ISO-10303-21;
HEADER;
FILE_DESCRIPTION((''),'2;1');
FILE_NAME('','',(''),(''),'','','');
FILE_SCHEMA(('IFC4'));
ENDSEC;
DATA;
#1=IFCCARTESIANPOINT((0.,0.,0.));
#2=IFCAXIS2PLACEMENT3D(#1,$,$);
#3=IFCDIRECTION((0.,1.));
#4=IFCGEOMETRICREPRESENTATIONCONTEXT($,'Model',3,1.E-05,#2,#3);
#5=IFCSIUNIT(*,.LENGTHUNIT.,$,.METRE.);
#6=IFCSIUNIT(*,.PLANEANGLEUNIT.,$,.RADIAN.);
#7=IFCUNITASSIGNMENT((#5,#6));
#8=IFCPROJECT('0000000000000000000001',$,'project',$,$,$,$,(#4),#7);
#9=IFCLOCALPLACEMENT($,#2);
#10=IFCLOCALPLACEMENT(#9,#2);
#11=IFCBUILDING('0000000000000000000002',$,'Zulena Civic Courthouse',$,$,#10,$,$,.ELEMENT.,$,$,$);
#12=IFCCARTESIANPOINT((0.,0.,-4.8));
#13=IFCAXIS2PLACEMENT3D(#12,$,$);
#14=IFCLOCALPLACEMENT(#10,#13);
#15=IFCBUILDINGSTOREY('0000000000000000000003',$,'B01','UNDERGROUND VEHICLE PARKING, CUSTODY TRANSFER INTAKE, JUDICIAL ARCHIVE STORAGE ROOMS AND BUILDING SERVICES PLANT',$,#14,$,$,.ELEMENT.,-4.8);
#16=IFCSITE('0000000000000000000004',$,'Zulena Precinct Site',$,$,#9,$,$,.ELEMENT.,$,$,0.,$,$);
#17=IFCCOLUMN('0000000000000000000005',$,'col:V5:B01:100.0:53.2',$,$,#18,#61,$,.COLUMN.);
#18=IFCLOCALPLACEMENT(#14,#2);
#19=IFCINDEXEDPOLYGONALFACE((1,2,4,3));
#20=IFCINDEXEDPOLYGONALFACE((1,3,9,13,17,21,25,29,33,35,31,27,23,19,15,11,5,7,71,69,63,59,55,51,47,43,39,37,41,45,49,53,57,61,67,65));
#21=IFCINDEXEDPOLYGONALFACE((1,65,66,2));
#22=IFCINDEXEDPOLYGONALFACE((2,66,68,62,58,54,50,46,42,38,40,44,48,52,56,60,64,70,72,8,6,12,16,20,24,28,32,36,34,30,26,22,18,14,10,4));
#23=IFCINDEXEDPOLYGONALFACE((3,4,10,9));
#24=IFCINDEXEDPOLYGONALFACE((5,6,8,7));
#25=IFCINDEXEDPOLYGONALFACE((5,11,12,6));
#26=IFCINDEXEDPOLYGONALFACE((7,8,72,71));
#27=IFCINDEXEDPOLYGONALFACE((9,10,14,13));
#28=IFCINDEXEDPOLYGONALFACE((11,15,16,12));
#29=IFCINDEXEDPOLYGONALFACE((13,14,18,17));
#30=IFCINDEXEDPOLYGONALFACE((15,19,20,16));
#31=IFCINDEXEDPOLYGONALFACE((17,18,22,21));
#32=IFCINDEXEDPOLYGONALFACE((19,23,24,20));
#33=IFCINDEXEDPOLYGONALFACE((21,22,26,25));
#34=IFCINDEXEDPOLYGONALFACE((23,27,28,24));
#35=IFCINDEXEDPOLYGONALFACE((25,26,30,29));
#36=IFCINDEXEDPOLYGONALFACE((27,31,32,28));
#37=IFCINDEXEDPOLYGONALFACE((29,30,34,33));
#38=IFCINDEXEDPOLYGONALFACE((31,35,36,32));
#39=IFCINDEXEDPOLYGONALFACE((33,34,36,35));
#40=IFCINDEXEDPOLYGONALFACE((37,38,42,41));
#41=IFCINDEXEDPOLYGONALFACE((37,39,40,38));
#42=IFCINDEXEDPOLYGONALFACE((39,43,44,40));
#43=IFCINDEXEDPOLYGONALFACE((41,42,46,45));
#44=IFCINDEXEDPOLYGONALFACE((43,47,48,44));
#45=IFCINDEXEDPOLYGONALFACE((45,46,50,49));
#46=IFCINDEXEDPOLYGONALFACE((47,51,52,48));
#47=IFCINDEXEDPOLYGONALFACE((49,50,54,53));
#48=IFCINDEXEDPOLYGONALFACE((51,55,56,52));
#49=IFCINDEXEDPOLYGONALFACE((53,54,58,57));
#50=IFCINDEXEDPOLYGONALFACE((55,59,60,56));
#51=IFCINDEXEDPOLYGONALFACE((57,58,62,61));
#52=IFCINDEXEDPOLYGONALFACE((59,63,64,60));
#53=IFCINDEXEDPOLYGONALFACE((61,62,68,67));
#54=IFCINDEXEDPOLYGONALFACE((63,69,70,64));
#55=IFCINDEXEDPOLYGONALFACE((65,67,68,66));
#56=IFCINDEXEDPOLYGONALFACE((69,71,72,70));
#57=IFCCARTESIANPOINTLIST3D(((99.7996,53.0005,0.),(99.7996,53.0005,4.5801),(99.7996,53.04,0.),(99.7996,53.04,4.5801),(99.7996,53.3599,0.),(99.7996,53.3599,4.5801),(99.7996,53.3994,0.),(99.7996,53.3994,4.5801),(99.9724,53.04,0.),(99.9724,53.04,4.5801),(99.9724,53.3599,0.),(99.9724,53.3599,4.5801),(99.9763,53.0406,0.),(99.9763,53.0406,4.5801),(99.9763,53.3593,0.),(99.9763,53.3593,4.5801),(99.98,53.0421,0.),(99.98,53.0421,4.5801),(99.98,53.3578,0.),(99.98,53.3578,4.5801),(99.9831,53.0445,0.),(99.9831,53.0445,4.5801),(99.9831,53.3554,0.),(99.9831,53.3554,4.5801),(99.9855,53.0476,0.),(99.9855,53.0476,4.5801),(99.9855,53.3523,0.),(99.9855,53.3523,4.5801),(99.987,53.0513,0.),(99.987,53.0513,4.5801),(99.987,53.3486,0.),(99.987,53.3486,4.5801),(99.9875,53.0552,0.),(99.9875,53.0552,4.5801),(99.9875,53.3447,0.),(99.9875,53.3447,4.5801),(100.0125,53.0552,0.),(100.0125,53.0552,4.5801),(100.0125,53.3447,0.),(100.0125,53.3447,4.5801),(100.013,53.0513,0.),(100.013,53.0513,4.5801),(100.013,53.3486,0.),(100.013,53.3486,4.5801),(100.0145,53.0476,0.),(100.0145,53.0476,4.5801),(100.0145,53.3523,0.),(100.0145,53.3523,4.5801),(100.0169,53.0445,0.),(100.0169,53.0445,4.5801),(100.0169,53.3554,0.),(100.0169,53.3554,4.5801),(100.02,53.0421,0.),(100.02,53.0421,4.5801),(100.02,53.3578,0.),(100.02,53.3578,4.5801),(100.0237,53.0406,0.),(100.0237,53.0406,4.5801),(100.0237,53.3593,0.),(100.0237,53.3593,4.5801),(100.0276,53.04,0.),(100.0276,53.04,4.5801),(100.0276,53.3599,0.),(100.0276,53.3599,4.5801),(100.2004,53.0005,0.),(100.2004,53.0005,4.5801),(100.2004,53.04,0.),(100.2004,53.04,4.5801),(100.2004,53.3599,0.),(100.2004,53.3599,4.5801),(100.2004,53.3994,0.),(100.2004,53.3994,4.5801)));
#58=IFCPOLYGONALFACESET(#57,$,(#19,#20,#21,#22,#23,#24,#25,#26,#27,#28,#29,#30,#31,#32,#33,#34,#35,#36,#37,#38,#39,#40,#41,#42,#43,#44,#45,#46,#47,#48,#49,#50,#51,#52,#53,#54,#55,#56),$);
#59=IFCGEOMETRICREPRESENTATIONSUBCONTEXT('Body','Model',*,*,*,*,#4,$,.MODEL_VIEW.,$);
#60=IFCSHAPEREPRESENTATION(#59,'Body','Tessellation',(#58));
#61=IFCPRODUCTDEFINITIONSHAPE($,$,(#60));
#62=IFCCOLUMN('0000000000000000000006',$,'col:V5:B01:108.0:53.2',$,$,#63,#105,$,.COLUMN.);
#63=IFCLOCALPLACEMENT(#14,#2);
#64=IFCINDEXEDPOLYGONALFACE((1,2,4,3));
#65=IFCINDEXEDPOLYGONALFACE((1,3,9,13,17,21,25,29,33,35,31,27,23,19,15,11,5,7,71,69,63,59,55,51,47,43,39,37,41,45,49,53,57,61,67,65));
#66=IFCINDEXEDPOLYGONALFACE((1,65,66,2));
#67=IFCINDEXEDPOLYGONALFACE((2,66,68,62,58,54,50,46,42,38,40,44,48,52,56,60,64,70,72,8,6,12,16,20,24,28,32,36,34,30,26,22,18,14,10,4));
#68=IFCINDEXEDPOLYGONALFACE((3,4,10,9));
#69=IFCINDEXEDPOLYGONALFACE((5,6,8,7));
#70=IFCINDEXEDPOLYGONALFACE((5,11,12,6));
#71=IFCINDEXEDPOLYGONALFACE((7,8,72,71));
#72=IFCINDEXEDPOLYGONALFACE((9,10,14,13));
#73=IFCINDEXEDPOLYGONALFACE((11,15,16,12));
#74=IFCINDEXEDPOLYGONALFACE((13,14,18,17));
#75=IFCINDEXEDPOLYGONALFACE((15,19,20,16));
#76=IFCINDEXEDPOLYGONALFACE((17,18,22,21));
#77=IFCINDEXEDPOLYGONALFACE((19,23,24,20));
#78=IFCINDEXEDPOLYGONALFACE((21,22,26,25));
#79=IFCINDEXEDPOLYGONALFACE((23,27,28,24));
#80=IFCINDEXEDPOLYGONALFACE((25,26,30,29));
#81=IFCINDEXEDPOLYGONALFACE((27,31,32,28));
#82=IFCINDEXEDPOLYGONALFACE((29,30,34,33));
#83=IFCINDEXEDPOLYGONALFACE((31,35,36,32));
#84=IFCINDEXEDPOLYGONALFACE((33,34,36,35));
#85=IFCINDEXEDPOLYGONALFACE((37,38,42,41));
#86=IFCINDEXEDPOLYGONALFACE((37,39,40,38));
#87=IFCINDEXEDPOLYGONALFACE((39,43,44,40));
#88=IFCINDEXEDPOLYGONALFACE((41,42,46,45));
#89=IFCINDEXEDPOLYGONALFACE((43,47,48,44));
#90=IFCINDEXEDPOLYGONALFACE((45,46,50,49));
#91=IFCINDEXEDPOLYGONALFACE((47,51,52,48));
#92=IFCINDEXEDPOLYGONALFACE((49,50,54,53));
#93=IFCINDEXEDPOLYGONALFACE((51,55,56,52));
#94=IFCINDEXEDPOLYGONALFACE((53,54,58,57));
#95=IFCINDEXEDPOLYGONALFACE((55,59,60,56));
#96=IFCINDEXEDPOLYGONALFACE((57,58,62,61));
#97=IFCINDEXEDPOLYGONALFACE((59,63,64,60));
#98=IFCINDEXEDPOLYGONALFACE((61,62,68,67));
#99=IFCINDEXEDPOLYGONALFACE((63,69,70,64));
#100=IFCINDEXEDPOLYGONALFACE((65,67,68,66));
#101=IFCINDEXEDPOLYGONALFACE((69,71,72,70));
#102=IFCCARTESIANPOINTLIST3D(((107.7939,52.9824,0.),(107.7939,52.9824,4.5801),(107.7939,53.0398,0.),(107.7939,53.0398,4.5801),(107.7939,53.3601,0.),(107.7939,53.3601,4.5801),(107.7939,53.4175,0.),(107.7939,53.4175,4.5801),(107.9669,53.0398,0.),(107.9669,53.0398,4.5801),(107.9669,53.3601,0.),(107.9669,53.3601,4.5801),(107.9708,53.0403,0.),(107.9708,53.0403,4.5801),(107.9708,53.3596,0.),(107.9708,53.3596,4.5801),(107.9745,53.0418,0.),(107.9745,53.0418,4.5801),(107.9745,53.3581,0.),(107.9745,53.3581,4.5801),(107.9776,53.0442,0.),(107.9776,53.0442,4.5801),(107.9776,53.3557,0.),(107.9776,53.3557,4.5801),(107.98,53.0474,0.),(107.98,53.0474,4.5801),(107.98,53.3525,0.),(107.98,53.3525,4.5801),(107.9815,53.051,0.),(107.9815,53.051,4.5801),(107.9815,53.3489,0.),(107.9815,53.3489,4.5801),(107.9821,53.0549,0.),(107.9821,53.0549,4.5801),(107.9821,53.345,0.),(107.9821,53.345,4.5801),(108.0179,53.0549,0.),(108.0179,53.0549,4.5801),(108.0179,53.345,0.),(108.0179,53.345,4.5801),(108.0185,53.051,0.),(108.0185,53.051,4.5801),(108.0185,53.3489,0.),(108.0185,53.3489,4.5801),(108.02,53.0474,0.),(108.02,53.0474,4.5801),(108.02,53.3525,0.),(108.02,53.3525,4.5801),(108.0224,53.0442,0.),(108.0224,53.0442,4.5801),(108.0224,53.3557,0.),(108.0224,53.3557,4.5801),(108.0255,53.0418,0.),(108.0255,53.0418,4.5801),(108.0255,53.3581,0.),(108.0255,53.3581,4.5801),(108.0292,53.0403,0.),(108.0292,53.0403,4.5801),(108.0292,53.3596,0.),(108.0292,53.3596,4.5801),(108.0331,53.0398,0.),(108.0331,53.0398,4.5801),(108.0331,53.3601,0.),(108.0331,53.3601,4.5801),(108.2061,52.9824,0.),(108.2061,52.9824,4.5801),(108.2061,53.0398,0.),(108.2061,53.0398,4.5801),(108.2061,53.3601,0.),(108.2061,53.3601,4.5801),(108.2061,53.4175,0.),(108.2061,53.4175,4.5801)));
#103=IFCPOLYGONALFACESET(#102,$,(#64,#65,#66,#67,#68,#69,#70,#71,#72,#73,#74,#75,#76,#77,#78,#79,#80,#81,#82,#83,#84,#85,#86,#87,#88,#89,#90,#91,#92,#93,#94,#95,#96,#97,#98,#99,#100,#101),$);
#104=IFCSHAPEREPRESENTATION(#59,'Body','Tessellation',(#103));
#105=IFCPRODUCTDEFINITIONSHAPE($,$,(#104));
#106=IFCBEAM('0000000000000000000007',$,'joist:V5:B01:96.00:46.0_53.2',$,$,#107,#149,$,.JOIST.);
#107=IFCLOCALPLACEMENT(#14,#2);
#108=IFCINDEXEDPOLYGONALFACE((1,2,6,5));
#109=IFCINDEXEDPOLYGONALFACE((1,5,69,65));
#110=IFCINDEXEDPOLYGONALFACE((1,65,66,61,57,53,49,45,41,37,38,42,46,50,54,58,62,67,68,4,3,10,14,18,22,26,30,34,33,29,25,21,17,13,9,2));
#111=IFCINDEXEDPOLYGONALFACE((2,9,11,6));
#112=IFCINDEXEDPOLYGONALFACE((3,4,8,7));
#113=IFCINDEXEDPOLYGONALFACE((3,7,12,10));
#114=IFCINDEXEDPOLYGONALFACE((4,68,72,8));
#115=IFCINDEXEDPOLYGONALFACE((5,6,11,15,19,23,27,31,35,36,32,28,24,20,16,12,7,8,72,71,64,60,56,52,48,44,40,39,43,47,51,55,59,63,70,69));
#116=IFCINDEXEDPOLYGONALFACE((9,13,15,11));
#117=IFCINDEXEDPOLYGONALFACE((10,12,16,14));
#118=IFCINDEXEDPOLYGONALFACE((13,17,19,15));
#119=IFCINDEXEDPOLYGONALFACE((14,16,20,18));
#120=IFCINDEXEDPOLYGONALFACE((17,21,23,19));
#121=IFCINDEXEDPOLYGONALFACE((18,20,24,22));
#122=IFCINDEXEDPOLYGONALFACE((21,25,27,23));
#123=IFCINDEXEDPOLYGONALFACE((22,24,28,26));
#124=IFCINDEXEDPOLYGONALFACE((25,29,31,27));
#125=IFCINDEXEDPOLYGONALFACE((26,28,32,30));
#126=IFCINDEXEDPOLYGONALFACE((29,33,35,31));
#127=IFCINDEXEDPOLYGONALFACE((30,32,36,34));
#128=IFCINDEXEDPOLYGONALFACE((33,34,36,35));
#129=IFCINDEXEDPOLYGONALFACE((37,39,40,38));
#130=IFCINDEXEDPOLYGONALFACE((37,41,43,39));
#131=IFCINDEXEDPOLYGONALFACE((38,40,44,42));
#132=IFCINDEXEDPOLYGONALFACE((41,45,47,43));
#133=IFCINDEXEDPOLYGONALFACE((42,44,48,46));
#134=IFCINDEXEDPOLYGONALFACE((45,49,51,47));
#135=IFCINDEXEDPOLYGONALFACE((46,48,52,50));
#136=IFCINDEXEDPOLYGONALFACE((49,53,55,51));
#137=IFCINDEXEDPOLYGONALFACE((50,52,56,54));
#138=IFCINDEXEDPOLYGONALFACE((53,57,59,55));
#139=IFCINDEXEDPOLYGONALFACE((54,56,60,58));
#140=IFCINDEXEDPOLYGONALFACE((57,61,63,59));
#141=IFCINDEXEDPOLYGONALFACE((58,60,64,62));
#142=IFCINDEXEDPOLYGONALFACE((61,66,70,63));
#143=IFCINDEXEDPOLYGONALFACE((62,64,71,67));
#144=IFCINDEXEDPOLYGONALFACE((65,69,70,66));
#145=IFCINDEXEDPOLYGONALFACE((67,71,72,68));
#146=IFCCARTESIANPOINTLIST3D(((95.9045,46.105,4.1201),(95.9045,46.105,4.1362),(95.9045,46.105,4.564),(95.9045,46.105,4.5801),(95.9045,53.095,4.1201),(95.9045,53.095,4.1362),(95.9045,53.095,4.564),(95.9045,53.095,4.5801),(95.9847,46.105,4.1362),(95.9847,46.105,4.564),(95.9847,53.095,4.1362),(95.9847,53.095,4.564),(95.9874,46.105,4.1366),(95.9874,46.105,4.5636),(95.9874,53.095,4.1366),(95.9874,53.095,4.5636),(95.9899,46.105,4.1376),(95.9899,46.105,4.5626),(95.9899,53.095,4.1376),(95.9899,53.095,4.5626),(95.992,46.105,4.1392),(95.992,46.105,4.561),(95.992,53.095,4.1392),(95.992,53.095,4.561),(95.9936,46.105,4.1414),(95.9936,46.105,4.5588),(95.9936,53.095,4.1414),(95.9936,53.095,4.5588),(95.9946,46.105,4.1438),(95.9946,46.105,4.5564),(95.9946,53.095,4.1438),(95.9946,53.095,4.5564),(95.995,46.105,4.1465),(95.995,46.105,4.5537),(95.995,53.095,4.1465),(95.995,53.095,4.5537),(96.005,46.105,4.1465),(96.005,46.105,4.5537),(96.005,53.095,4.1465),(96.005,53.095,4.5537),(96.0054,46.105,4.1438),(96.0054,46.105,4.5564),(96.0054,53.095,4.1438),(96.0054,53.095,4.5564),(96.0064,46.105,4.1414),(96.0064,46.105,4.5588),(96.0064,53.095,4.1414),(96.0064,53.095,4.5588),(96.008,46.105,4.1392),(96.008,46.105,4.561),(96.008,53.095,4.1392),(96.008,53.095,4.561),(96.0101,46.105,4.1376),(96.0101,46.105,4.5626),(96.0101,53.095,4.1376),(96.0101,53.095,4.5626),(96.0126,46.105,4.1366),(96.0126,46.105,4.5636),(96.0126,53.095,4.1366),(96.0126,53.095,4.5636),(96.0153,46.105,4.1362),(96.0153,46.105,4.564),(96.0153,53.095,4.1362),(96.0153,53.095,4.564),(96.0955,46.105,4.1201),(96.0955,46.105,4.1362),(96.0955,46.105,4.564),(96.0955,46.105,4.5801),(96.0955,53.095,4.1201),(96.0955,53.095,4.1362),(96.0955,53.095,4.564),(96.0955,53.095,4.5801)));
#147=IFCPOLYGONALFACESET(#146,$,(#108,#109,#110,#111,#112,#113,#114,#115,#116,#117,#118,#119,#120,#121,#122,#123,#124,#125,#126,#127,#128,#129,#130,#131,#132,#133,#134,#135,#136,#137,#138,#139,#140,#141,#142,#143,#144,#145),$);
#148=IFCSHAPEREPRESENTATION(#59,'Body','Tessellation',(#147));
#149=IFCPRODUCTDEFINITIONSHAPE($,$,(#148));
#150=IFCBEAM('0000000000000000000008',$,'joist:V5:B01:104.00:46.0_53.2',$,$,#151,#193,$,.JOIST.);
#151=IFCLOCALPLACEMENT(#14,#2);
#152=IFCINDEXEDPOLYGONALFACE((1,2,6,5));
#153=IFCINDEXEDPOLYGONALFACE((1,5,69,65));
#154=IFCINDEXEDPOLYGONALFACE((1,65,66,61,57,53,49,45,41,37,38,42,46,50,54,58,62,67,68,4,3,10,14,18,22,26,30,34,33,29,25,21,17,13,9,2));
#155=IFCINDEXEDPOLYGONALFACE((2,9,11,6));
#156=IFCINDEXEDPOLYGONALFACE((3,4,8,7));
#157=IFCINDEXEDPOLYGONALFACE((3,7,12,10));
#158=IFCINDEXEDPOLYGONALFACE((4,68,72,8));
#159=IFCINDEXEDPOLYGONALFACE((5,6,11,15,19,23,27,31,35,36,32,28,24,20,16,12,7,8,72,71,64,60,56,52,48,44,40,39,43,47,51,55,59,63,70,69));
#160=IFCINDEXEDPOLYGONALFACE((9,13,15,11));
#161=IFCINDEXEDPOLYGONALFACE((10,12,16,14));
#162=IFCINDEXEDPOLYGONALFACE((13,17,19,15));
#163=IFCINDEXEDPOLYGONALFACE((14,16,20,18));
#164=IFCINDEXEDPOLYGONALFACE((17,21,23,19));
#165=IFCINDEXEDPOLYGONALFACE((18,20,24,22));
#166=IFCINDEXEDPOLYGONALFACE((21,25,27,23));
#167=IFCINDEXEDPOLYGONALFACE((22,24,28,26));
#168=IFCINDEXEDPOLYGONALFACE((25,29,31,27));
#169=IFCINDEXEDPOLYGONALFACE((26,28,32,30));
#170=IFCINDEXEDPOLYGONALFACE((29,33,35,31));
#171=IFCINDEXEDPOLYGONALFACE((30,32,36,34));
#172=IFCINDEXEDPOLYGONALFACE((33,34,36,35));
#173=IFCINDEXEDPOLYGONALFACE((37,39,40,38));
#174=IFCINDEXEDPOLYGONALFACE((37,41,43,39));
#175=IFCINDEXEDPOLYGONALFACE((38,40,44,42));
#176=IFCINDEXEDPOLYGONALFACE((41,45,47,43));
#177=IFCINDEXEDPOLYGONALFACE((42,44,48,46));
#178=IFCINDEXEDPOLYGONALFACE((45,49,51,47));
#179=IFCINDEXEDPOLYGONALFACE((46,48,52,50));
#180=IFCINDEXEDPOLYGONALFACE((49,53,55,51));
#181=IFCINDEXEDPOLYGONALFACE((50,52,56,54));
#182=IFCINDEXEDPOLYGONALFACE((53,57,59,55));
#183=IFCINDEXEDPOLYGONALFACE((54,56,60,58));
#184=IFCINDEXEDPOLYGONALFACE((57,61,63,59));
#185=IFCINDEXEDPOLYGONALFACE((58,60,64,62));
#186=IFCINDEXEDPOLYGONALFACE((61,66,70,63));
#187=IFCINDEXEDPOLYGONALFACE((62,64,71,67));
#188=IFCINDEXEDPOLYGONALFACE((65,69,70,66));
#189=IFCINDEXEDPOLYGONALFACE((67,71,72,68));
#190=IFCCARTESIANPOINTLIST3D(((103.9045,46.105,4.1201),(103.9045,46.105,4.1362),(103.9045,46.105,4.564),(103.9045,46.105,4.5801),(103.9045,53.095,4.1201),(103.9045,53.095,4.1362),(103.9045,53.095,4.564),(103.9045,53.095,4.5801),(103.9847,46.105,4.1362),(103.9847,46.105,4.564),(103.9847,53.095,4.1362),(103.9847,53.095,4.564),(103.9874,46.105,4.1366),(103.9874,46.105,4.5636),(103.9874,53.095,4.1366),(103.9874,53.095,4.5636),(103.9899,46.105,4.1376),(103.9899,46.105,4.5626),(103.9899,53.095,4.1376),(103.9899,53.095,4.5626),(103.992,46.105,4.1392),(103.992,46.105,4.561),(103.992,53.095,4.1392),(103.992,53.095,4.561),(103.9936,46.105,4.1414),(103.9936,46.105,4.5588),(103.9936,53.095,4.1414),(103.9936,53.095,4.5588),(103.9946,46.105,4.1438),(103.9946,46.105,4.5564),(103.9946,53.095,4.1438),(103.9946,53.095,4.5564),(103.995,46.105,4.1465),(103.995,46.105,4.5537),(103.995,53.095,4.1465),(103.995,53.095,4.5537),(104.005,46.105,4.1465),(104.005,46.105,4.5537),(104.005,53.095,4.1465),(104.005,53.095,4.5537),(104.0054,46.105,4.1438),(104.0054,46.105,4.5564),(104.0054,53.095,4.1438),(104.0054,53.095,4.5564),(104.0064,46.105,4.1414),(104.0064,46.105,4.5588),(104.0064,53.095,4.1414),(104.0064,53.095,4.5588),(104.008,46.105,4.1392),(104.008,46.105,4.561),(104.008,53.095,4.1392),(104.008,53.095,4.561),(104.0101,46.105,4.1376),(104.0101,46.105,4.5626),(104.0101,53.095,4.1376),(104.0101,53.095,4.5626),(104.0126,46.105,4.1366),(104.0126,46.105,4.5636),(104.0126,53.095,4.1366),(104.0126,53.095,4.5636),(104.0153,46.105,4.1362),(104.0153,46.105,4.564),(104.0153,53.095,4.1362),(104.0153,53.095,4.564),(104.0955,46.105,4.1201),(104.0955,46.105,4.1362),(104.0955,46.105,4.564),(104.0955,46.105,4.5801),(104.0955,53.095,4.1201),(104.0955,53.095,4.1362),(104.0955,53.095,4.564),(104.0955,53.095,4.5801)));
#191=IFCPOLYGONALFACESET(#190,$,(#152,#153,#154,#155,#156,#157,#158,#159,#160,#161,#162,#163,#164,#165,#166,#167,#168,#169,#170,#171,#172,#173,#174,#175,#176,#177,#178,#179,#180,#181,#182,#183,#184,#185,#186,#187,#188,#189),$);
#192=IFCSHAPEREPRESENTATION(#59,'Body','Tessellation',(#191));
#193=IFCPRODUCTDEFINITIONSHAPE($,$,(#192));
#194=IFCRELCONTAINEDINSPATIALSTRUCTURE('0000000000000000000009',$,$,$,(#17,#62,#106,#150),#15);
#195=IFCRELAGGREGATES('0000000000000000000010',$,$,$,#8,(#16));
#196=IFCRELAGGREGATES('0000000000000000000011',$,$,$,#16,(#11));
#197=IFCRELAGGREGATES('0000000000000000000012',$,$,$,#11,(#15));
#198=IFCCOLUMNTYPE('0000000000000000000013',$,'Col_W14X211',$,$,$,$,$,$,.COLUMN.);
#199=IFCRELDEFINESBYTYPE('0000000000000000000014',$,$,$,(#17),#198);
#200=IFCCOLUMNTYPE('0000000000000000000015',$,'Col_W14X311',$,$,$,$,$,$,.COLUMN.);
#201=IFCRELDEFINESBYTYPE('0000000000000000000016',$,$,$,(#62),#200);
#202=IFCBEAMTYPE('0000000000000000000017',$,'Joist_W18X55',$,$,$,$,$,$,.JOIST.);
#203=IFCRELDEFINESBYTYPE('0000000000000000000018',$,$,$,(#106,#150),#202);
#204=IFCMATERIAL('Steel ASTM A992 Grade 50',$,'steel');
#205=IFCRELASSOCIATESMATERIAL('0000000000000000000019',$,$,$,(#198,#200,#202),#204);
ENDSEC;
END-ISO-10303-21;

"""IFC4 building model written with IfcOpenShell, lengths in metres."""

from ifc_helpers import new_model, si_unit, direction, frame, origin, origin_2d, place, context, subcontext, project, spatial, i_section, extrude, material, material_profile, profile_set, type_object, element, save


model = new_model("IFC4")

# Units and contexts
model_context = context("Model", 3, precision=1e-05, world=origin(), true_north=direction((0.0, 1.0)))
body_context = subcontext(model_context, "Body", "Model", "MODEL_VIEW")
ifc_project = project(units=[si_unit("LENGTHUNIT", "METRE"), si_unit("PLANEANGLEUNIT", "RADIAN")], contexts=[model_context])

# Site, building, storey
site_placement = place(None, origin())
site = spatial("IfcSite", under=ifc_project, at=site_placement, Name="Zulena Precinct Site", CompositionType="ELEMENT", RefElevation=0.0)
building_placement = place(site_placement, origin())
building = spatial("IfcBuilding", under=site, at=building_placement, Name="Zulena Civic Courthouse", CompositionType="ELEMENT")
storey_placement = place(building_placement, frame((0.0, 0.0, -4.8)))
storey = spatial("IfcBuildingStorey", under=building, at=storey_placement, Name="B01", Description="UNDERGROUND VEHICLE PARKING, CUSTODY TRANSFER INTAKE, JUDICIAL ARCHIVE STORAGE ROOMS AND BUILDING SERVICES PLANT", CompositionType="ELEMENT", Elevation=-4.8)

# Columns
ifc_material_1 = material(Name="Steel ASTM A992 Grade 50", Category="steel")
ifc_material_profile_1 = material_profile(ifc_material_1, i_section(OverallWidth=0.4009, OverallDepth=0.3989, WebThickness=0.0249, FlangeThickness=0.0396, FilletRadius=0.0151, at=origin_2d()), Name="W14X211")
ifc_profile_set_1 = profile_set([ifc_material_profile_1], Name="Steel ASTM A992 Grade 50")
column_type_1 = type_object("IfcColumnType", Name="Col_W14X211", PredefinedType="COLUMN", material=ifc_profile_set_1)
column_1_placement = place(storey_placement, frame((100.0, 53.2, 0.0), z_axis=(0.0, 0.0, 1.0), x_axis=(1.0, 0.0, 0.0)))
element("IfcColumn", 1, at=column_1_placement, inside=storey, type_object=column_type_1, Name="col:V5:B01:100.0:53.2", PredefinedType="COLUMN", context=body_context, shape_type="SweptSolid", body=[
    extrude(i_section(OverallWidth=0.4009, OverallDepth=0.3989, WebThickness=0.0249, FlangeThickness=0.0396, FilletRadius=0.0151, at=origin_2d()), origin(), (0.0, 0.0, 1.0), 4.5801),
])
ifc_material_profile_2 = material_profile(ifc_material_1, i_section(OverallWidth=0.4121, OverallDepth=0.4351, WebThickness=0.0359, FlangeThickness=0.0574, FilletRadius=0.0151, at=origin_2d()), Name="W14X311")
ifc_profile_set_2 = profile_set([ifc_material_profile_2], Name="Steel ASTM A992 Grade 50")
column_type_2 = type_object("IfcColumnType", Name="Col_W14X311", PredefinedType="COLUMN", material=ifc_profile_set_2)
column_2_placement = place(storey_placement, frame((108.0, 53.2, 0.0), z_axis=(0.0, 0.0, 1.0), x_axis=(1.0, 0.0, 0.0)))
element("IfcColumn", 2, at=column_2_placement, inside=storey, type_object=column_type_2, Name="col:V5:B01:108.0:53.2", PredefinedType="COLUMN", context=body_context, shape_type="SweptSolid", body=[
    extrude(i_section(OverallWidth=0.4121, OverallDepth=0.4351, WebThickness=0.0359, FlangeThickness=0.0574, FilletRadius=0.0151, at=origin_2d()), origin(), (0.0, 0.0, 1.0), 4.5801),
])

# Beams
ifc_material_profile_3 = material_profile(ifc_material_1, i_section(OverallWidth=0.1909, OverallDepth=0.46, WebThickness=0.01, FlangeThickness=0.0161, FilletRadius=0.0103, at=origin_2d()), Name="W18X55")
ifc_profile_set_3 = profile_set([ifc_material_profile_3], Name="Steel ASTM A992 Grade 50")
beam_type_1 = type_object("IfcBeamType", Name="Joist_W18X55", PredefinedType="JOIST", material=ifc_profile_set_3)
for number, where, z_axis, x_axis, name in (
    (3, (96.0, 46.105, 4.3501), (0.0, 1.0, 0.0), (-1.0, 0.0, 0.0), "joist:V5:B01:96.00:46.0_53.2"),
    (4, (104.0, 46.105, 4.3501), (0.0, 1.0, 0.0), (-1.0, 0.0, 0.0), "joist:V5:B01:104.00:46.0_53.2"),
):
    element("IfcBeam", number, at=place(storey_placement, frame(where, z_axis=z_axis, x_axis=x_axis)), inside=storey, type_object=beam_type_1, Name=name, PredefinedType="JOIST", context=body_context, shape_type="SweptSolid", body=[
        extrude(i_section(OverallWidth=0.1909, OverallDepth=0.46, WebThickness=0.01, FlangeThickness=0.0161, FilletRadius=0.0103, at=origin_2d()), origin(), (0.0, 0.0, 1.0), 6.99),
    ])

save(model, "model.ifc")
